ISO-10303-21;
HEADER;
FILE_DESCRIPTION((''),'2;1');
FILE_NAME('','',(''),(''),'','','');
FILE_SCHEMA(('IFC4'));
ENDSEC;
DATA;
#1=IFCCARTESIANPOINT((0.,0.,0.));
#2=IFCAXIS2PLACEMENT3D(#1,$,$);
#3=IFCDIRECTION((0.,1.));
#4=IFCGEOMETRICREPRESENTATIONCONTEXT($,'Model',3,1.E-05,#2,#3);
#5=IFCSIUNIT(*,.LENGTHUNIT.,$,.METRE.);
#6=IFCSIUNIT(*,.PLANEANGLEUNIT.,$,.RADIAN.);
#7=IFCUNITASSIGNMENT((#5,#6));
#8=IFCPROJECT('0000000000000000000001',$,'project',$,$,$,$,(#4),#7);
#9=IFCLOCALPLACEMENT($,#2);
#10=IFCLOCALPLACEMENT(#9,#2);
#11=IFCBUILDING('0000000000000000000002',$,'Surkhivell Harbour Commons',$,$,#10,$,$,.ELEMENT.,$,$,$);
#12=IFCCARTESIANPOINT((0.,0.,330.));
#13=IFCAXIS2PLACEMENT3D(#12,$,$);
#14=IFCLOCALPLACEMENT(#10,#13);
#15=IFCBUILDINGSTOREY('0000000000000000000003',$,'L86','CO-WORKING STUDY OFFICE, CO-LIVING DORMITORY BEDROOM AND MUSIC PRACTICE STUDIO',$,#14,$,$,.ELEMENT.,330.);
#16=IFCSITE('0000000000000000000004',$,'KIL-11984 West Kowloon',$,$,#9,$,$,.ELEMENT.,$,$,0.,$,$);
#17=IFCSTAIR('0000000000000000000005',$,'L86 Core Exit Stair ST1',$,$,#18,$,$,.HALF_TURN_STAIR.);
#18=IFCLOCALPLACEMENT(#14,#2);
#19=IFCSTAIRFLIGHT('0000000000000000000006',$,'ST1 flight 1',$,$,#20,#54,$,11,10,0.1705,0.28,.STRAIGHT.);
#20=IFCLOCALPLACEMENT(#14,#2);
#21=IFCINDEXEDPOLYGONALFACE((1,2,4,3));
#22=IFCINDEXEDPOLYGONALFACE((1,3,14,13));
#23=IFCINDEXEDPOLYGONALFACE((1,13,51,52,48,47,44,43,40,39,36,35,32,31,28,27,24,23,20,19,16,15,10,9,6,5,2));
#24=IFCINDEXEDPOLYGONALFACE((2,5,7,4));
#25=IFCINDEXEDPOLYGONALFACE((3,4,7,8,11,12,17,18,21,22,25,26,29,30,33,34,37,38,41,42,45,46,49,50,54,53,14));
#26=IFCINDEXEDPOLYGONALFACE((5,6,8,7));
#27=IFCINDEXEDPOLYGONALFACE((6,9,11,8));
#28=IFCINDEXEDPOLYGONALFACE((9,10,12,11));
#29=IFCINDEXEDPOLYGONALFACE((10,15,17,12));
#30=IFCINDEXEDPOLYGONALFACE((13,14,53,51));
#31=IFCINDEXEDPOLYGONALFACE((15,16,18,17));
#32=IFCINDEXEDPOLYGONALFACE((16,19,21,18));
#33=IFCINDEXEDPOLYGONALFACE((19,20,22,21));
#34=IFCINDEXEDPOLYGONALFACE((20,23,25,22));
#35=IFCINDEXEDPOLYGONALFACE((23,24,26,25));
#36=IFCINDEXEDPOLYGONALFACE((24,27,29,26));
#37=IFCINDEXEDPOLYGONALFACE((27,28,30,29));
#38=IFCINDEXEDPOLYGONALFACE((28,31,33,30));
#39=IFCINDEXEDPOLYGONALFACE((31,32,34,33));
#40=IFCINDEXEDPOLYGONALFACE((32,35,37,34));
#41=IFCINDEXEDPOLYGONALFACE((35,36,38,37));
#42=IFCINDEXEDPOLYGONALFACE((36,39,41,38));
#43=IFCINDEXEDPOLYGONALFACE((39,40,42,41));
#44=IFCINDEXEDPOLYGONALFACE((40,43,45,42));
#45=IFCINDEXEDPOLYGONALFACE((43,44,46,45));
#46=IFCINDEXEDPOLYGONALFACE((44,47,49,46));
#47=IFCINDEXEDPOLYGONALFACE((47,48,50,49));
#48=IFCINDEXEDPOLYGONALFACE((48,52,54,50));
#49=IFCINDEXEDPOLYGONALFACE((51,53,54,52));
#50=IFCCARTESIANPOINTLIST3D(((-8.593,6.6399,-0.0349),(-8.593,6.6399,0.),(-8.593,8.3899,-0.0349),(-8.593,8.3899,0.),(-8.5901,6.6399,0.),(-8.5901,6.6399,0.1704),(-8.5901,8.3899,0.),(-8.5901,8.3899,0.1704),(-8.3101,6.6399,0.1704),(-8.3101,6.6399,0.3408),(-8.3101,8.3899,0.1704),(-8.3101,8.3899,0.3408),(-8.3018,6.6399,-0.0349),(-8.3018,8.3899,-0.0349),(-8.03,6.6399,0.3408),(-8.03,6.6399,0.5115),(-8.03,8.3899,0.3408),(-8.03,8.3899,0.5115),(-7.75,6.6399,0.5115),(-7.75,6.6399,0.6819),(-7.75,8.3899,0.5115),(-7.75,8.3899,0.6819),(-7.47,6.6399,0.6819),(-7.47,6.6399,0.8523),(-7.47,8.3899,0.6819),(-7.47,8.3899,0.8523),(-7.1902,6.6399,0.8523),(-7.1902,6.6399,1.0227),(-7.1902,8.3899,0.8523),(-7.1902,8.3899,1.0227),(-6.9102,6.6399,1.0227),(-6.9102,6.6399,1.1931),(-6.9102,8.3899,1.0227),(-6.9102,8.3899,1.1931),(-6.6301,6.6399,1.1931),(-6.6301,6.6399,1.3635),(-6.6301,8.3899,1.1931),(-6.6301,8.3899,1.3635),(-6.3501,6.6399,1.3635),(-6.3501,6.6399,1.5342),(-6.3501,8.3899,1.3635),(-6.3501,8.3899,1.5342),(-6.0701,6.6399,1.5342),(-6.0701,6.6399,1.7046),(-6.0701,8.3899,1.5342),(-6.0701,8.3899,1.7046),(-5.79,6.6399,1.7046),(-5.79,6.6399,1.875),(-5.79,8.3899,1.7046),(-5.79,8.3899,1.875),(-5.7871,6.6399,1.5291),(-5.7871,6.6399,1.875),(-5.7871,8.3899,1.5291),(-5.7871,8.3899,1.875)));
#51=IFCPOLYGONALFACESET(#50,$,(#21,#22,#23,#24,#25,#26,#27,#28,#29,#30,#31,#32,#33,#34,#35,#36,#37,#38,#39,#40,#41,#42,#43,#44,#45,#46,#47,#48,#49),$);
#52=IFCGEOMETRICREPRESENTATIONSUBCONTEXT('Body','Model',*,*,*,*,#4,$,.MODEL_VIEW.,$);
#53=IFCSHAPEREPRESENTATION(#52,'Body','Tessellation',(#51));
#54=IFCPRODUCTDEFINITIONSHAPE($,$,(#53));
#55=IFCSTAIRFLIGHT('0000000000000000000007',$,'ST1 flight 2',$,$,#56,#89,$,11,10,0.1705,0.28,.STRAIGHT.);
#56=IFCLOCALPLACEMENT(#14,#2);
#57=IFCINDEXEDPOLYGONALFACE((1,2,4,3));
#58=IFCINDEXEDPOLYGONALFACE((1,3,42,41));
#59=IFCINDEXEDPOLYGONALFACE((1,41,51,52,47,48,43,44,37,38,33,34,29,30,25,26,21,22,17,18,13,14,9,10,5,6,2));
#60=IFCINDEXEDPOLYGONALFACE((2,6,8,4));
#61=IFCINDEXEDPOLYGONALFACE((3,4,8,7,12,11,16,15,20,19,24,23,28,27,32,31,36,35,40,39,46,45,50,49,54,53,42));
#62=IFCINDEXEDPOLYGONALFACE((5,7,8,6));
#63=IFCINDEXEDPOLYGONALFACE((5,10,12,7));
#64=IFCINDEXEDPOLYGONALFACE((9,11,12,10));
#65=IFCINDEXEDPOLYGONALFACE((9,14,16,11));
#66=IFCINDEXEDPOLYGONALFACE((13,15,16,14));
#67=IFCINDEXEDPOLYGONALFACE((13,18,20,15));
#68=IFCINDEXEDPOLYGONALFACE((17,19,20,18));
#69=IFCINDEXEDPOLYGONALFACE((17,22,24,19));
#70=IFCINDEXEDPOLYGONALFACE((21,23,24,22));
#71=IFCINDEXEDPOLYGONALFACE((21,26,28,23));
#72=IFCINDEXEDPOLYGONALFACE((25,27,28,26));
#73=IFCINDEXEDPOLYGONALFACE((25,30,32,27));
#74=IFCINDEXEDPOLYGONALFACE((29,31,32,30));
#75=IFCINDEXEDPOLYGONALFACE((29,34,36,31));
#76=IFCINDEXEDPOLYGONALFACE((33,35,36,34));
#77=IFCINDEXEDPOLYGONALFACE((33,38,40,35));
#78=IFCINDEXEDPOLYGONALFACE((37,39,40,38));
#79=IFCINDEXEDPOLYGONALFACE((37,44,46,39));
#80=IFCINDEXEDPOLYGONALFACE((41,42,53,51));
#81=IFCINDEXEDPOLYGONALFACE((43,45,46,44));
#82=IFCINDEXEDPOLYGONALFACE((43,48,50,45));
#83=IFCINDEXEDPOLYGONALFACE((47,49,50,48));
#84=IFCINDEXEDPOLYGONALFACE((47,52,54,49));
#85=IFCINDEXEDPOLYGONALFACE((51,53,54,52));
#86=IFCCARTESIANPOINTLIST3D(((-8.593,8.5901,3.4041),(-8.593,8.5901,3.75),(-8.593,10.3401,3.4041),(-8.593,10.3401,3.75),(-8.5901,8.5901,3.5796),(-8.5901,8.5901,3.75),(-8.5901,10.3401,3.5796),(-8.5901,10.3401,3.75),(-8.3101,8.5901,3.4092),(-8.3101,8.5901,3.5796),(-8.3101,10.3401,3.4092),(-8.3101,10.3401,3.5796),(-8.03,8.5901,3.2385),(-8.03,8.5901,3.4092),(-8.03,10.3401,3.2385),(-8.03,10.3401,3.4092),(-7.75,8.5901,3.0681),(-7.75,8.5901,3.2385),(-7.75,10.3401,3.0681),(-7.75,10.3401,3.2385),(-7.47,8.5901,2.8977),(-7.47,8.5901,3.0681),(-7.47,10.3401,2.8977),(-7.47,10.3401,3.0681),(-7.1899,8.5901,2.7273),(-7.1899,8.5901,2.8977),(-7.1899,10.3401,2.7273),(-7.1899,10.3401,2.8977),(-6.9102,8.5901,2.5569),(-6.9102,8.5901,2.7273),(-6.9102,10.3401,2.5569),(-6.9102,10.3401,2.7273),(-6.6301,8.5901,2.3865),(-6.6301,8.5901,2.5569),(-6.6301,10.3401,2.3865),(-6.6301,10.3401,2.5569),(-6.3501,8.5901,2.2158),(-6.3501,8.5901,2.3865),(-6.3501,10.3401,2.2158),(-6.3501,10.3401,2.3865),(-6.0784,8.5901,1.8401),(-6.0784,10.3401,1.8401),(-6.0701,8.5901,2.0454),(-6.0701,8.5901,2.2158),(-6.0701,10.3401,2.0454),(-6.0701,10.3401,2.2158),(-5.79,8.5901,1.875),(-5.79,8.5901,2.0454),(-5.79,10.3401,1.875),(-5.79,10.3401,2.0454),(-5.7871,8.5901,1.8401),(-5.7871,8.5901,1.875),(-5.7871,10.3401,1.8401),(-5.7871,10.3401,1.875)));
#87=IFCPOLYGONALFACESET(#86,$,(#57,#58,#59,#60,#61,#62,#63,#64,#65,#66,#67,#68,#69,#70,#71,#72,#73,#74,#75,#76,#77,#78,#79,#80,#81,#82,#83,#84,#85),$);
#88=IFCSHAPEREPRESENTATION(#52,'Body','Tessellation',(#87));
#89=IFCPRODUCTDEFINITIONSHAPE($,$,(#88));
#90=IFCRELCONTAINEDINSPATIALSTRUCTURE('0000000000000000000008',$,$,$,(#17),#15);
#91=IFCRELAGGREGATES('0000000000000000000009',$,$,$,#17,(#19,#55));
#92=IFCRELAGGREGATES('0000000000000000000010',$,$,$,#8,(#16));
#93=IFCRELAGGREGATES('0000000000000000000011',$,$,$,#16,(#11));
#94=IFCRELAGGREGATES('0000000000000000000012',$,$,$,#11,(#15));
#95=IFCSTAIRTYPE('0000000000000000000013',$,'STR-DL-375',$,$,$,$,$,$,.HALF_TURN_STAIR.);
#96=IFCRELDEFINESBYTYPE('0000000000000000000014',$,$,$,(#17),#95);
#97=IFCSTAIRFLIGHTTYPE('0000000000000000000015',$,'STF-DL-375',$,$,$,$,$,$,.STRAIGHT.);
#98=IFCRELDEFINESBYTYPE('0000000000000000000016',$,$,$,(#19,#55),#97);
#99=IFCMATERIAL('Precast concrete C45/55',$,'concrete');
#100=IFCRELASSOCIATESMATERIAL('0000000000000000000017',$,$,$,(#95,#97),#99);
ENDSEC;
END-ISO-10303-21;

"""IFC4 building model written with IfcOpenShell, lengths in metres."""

from ifc_helpers import new_model, si_unit, direction, frame, origin, place, context, subcontext, project, spatial, polyline, outline, extrude, material, type_object, element, aggregate, save


model = new_model("IFC4")

# Units and contexts
model_context = context("Model", 3, precision=1e-05, world=origin(), true_north=direction((0.0, 1.0)))
body_context = subcontext(model_context, "Body", "Model", "MODEL_VIEW")
ifc_project = project(units=[si_unit("LENGTHUNIT", "METRE"), si_unit("PLANEANGLEUNIT", "RADIAN")], contexts=[model_context])

# Site, building, storey
site_placement = place(None, origin())
site = spatial("IfcSite", under=ifc_project, at=site_placement, Name="KIL-11984 West Kowloon", CompositionType="ELEMENT", RefElevation=0.0)
building_placement = place(site_placement, origin())
building = spatial("IfcBuilding", under=site, at=building_placement, Name="Surkhivell Harbour Commons", CompositionType="ELEMENT")
storey_placement = place(building_placement, frame((0.0, 0.0, 330.0)))
storey = spatial("IfcBuildingStorey", under=building, at=storey_placement, Name="L86", Description="CO-WORKING STUDY OFFICE, CO-LIVING DORMITORY BEDROOM AND MUSIC PRACTICE STUDIO", CompositionType="ELEMENT", Elevation=330.0)

# Stair, stair flights
ifc_material_1 = material(Name="Precast concrete C45/55", Category="concrete")
stair_type = type_object("IfcStairType", Name="STR-DL-375", PredefinedType="HALF_TURN_STAIR", material=ifc_material_1)
stair_placement = place(storey_placement, origin())
stair = element("IfcStair", 1, at=stair_placement, inside=storey, type_object=stair_type, Name="L86 Core Exit Stair ST1", PredefinedType="HALF_TURN_STAIR")
stair_flight_type = type_object("IfcStairFlightType", Name="STF-DL-375", PredefinedType="STRAIGHT", material=ifc_material_1)
stair_flight_1_placement = place(storey_placement, frame((-8.5901, 7.5149, 0.0), z_axis=(0.0, 0.0, 1.0), x_axis=(1.0, 0.0, 0.0)))
stair_flight_1 = element("IfcStairFlight", 2, at=stair_flight_1_placement, type_object=stair_flight_type, Name="ST1 flight 1", NumberOfRisers=11, NumberOfTreads=10, PredefinedType="STRAIGHT", RiserHeight=0.1705, TreadLength=0.28, context=body_context, shape_type="SweptSolid", body=[
    extrude(outline(polyline([(-0.0029, -0.0349), (-0.0029, 0.0), (0.0, 0.0), (0.0, 0.1704), (0.28, 0.1704), (0.28, 0.3408), (0.5601, 0.3408), (0.5601, 0.5115), (0.8401, 0.5115), (0.8401, 0.6819), (1.1201, 0.6819), (1.1201, 0.8523), (1.3999, 0.8523), (1.3999, 1.0227), (1.6799, 1.0227), (1.6799, 1.1931), (1.96, 1.1931), (1.96, 1.3635), (2.24, 1.3635), (2.24, 1.5342), (2.52, 1.5342), (2.52, 1.7046), (2.8, 1.7046), (2.8, 1.875), (2.803, 1.875), (2.803, 1.5291), (0.2883, -0.0349), (-0.0029, -0.0349)])), frame((0.0, 0.875, 0.0), z_axis=(0.0, -1.0, 0.0), x_axis=(1.0, 0.0, 0.0)), (0.0, 0.0, 1.0), 1.75),
])
stair_flight_2_placement = place(storey_placement, frame((-5.79, 9.4651, 1.875), z_axis=(0.0, 0.0, 1.0), x_axis=(-1.0, 0.0, 0.0)))
stair_flight_2 = element("IfcStairFlight", 3, at=stair_flight_2_placement, type_object=stair_flight_type, Name="ST1 flight 2", NumberOfRisers=11, NumberOfTreads=10, PredefinedType="STRAIGHT", RiserHeight=0.1705, TreadLength=0.28, context=body_context, shape_type="SweptSolid", body=[
    extrude(outline(polyline([(-0.0029, -0.0349), (-0.0029, 0.0), (0.0, 0.0), (0.0, 0.1704), (0.28, 0.1704), (0.28, 0.3408), (0.5601, 0.3408), (0.5601, 0.5115), (0.8401, 0.5115), (0.8401, 0.6819), (1.1201, 0.6819), (1.1201, 0.8523), (1.3999, 0.8523), (1.3999, 1.0227), (1.6799, 1.0227), (1.6799, 1.1931), (1.96, 1.1931), (1.96, 1.3635), (2.24, 1.3635), (2.24, 1.5342), (2.52, 1.5342), (2.52, 1.7046), (2.8, 1.7046), (2.8, 1.875), (2.803, 1.875), (2.803, 1.5291), (0.2883, -0.0349), (-0.0029, -0.0349)])), frame((0.0, 0.875, 0.0), z_axis=(0.0, -1.0, 0.0), x_axis=(1.0, 0.0, 0.0)), (0.0, 0.0, 1.0), 1.75),
])
aggregate(stair, [stair_flight_1, stair_flight_2])

save(model, "model.ifc")
